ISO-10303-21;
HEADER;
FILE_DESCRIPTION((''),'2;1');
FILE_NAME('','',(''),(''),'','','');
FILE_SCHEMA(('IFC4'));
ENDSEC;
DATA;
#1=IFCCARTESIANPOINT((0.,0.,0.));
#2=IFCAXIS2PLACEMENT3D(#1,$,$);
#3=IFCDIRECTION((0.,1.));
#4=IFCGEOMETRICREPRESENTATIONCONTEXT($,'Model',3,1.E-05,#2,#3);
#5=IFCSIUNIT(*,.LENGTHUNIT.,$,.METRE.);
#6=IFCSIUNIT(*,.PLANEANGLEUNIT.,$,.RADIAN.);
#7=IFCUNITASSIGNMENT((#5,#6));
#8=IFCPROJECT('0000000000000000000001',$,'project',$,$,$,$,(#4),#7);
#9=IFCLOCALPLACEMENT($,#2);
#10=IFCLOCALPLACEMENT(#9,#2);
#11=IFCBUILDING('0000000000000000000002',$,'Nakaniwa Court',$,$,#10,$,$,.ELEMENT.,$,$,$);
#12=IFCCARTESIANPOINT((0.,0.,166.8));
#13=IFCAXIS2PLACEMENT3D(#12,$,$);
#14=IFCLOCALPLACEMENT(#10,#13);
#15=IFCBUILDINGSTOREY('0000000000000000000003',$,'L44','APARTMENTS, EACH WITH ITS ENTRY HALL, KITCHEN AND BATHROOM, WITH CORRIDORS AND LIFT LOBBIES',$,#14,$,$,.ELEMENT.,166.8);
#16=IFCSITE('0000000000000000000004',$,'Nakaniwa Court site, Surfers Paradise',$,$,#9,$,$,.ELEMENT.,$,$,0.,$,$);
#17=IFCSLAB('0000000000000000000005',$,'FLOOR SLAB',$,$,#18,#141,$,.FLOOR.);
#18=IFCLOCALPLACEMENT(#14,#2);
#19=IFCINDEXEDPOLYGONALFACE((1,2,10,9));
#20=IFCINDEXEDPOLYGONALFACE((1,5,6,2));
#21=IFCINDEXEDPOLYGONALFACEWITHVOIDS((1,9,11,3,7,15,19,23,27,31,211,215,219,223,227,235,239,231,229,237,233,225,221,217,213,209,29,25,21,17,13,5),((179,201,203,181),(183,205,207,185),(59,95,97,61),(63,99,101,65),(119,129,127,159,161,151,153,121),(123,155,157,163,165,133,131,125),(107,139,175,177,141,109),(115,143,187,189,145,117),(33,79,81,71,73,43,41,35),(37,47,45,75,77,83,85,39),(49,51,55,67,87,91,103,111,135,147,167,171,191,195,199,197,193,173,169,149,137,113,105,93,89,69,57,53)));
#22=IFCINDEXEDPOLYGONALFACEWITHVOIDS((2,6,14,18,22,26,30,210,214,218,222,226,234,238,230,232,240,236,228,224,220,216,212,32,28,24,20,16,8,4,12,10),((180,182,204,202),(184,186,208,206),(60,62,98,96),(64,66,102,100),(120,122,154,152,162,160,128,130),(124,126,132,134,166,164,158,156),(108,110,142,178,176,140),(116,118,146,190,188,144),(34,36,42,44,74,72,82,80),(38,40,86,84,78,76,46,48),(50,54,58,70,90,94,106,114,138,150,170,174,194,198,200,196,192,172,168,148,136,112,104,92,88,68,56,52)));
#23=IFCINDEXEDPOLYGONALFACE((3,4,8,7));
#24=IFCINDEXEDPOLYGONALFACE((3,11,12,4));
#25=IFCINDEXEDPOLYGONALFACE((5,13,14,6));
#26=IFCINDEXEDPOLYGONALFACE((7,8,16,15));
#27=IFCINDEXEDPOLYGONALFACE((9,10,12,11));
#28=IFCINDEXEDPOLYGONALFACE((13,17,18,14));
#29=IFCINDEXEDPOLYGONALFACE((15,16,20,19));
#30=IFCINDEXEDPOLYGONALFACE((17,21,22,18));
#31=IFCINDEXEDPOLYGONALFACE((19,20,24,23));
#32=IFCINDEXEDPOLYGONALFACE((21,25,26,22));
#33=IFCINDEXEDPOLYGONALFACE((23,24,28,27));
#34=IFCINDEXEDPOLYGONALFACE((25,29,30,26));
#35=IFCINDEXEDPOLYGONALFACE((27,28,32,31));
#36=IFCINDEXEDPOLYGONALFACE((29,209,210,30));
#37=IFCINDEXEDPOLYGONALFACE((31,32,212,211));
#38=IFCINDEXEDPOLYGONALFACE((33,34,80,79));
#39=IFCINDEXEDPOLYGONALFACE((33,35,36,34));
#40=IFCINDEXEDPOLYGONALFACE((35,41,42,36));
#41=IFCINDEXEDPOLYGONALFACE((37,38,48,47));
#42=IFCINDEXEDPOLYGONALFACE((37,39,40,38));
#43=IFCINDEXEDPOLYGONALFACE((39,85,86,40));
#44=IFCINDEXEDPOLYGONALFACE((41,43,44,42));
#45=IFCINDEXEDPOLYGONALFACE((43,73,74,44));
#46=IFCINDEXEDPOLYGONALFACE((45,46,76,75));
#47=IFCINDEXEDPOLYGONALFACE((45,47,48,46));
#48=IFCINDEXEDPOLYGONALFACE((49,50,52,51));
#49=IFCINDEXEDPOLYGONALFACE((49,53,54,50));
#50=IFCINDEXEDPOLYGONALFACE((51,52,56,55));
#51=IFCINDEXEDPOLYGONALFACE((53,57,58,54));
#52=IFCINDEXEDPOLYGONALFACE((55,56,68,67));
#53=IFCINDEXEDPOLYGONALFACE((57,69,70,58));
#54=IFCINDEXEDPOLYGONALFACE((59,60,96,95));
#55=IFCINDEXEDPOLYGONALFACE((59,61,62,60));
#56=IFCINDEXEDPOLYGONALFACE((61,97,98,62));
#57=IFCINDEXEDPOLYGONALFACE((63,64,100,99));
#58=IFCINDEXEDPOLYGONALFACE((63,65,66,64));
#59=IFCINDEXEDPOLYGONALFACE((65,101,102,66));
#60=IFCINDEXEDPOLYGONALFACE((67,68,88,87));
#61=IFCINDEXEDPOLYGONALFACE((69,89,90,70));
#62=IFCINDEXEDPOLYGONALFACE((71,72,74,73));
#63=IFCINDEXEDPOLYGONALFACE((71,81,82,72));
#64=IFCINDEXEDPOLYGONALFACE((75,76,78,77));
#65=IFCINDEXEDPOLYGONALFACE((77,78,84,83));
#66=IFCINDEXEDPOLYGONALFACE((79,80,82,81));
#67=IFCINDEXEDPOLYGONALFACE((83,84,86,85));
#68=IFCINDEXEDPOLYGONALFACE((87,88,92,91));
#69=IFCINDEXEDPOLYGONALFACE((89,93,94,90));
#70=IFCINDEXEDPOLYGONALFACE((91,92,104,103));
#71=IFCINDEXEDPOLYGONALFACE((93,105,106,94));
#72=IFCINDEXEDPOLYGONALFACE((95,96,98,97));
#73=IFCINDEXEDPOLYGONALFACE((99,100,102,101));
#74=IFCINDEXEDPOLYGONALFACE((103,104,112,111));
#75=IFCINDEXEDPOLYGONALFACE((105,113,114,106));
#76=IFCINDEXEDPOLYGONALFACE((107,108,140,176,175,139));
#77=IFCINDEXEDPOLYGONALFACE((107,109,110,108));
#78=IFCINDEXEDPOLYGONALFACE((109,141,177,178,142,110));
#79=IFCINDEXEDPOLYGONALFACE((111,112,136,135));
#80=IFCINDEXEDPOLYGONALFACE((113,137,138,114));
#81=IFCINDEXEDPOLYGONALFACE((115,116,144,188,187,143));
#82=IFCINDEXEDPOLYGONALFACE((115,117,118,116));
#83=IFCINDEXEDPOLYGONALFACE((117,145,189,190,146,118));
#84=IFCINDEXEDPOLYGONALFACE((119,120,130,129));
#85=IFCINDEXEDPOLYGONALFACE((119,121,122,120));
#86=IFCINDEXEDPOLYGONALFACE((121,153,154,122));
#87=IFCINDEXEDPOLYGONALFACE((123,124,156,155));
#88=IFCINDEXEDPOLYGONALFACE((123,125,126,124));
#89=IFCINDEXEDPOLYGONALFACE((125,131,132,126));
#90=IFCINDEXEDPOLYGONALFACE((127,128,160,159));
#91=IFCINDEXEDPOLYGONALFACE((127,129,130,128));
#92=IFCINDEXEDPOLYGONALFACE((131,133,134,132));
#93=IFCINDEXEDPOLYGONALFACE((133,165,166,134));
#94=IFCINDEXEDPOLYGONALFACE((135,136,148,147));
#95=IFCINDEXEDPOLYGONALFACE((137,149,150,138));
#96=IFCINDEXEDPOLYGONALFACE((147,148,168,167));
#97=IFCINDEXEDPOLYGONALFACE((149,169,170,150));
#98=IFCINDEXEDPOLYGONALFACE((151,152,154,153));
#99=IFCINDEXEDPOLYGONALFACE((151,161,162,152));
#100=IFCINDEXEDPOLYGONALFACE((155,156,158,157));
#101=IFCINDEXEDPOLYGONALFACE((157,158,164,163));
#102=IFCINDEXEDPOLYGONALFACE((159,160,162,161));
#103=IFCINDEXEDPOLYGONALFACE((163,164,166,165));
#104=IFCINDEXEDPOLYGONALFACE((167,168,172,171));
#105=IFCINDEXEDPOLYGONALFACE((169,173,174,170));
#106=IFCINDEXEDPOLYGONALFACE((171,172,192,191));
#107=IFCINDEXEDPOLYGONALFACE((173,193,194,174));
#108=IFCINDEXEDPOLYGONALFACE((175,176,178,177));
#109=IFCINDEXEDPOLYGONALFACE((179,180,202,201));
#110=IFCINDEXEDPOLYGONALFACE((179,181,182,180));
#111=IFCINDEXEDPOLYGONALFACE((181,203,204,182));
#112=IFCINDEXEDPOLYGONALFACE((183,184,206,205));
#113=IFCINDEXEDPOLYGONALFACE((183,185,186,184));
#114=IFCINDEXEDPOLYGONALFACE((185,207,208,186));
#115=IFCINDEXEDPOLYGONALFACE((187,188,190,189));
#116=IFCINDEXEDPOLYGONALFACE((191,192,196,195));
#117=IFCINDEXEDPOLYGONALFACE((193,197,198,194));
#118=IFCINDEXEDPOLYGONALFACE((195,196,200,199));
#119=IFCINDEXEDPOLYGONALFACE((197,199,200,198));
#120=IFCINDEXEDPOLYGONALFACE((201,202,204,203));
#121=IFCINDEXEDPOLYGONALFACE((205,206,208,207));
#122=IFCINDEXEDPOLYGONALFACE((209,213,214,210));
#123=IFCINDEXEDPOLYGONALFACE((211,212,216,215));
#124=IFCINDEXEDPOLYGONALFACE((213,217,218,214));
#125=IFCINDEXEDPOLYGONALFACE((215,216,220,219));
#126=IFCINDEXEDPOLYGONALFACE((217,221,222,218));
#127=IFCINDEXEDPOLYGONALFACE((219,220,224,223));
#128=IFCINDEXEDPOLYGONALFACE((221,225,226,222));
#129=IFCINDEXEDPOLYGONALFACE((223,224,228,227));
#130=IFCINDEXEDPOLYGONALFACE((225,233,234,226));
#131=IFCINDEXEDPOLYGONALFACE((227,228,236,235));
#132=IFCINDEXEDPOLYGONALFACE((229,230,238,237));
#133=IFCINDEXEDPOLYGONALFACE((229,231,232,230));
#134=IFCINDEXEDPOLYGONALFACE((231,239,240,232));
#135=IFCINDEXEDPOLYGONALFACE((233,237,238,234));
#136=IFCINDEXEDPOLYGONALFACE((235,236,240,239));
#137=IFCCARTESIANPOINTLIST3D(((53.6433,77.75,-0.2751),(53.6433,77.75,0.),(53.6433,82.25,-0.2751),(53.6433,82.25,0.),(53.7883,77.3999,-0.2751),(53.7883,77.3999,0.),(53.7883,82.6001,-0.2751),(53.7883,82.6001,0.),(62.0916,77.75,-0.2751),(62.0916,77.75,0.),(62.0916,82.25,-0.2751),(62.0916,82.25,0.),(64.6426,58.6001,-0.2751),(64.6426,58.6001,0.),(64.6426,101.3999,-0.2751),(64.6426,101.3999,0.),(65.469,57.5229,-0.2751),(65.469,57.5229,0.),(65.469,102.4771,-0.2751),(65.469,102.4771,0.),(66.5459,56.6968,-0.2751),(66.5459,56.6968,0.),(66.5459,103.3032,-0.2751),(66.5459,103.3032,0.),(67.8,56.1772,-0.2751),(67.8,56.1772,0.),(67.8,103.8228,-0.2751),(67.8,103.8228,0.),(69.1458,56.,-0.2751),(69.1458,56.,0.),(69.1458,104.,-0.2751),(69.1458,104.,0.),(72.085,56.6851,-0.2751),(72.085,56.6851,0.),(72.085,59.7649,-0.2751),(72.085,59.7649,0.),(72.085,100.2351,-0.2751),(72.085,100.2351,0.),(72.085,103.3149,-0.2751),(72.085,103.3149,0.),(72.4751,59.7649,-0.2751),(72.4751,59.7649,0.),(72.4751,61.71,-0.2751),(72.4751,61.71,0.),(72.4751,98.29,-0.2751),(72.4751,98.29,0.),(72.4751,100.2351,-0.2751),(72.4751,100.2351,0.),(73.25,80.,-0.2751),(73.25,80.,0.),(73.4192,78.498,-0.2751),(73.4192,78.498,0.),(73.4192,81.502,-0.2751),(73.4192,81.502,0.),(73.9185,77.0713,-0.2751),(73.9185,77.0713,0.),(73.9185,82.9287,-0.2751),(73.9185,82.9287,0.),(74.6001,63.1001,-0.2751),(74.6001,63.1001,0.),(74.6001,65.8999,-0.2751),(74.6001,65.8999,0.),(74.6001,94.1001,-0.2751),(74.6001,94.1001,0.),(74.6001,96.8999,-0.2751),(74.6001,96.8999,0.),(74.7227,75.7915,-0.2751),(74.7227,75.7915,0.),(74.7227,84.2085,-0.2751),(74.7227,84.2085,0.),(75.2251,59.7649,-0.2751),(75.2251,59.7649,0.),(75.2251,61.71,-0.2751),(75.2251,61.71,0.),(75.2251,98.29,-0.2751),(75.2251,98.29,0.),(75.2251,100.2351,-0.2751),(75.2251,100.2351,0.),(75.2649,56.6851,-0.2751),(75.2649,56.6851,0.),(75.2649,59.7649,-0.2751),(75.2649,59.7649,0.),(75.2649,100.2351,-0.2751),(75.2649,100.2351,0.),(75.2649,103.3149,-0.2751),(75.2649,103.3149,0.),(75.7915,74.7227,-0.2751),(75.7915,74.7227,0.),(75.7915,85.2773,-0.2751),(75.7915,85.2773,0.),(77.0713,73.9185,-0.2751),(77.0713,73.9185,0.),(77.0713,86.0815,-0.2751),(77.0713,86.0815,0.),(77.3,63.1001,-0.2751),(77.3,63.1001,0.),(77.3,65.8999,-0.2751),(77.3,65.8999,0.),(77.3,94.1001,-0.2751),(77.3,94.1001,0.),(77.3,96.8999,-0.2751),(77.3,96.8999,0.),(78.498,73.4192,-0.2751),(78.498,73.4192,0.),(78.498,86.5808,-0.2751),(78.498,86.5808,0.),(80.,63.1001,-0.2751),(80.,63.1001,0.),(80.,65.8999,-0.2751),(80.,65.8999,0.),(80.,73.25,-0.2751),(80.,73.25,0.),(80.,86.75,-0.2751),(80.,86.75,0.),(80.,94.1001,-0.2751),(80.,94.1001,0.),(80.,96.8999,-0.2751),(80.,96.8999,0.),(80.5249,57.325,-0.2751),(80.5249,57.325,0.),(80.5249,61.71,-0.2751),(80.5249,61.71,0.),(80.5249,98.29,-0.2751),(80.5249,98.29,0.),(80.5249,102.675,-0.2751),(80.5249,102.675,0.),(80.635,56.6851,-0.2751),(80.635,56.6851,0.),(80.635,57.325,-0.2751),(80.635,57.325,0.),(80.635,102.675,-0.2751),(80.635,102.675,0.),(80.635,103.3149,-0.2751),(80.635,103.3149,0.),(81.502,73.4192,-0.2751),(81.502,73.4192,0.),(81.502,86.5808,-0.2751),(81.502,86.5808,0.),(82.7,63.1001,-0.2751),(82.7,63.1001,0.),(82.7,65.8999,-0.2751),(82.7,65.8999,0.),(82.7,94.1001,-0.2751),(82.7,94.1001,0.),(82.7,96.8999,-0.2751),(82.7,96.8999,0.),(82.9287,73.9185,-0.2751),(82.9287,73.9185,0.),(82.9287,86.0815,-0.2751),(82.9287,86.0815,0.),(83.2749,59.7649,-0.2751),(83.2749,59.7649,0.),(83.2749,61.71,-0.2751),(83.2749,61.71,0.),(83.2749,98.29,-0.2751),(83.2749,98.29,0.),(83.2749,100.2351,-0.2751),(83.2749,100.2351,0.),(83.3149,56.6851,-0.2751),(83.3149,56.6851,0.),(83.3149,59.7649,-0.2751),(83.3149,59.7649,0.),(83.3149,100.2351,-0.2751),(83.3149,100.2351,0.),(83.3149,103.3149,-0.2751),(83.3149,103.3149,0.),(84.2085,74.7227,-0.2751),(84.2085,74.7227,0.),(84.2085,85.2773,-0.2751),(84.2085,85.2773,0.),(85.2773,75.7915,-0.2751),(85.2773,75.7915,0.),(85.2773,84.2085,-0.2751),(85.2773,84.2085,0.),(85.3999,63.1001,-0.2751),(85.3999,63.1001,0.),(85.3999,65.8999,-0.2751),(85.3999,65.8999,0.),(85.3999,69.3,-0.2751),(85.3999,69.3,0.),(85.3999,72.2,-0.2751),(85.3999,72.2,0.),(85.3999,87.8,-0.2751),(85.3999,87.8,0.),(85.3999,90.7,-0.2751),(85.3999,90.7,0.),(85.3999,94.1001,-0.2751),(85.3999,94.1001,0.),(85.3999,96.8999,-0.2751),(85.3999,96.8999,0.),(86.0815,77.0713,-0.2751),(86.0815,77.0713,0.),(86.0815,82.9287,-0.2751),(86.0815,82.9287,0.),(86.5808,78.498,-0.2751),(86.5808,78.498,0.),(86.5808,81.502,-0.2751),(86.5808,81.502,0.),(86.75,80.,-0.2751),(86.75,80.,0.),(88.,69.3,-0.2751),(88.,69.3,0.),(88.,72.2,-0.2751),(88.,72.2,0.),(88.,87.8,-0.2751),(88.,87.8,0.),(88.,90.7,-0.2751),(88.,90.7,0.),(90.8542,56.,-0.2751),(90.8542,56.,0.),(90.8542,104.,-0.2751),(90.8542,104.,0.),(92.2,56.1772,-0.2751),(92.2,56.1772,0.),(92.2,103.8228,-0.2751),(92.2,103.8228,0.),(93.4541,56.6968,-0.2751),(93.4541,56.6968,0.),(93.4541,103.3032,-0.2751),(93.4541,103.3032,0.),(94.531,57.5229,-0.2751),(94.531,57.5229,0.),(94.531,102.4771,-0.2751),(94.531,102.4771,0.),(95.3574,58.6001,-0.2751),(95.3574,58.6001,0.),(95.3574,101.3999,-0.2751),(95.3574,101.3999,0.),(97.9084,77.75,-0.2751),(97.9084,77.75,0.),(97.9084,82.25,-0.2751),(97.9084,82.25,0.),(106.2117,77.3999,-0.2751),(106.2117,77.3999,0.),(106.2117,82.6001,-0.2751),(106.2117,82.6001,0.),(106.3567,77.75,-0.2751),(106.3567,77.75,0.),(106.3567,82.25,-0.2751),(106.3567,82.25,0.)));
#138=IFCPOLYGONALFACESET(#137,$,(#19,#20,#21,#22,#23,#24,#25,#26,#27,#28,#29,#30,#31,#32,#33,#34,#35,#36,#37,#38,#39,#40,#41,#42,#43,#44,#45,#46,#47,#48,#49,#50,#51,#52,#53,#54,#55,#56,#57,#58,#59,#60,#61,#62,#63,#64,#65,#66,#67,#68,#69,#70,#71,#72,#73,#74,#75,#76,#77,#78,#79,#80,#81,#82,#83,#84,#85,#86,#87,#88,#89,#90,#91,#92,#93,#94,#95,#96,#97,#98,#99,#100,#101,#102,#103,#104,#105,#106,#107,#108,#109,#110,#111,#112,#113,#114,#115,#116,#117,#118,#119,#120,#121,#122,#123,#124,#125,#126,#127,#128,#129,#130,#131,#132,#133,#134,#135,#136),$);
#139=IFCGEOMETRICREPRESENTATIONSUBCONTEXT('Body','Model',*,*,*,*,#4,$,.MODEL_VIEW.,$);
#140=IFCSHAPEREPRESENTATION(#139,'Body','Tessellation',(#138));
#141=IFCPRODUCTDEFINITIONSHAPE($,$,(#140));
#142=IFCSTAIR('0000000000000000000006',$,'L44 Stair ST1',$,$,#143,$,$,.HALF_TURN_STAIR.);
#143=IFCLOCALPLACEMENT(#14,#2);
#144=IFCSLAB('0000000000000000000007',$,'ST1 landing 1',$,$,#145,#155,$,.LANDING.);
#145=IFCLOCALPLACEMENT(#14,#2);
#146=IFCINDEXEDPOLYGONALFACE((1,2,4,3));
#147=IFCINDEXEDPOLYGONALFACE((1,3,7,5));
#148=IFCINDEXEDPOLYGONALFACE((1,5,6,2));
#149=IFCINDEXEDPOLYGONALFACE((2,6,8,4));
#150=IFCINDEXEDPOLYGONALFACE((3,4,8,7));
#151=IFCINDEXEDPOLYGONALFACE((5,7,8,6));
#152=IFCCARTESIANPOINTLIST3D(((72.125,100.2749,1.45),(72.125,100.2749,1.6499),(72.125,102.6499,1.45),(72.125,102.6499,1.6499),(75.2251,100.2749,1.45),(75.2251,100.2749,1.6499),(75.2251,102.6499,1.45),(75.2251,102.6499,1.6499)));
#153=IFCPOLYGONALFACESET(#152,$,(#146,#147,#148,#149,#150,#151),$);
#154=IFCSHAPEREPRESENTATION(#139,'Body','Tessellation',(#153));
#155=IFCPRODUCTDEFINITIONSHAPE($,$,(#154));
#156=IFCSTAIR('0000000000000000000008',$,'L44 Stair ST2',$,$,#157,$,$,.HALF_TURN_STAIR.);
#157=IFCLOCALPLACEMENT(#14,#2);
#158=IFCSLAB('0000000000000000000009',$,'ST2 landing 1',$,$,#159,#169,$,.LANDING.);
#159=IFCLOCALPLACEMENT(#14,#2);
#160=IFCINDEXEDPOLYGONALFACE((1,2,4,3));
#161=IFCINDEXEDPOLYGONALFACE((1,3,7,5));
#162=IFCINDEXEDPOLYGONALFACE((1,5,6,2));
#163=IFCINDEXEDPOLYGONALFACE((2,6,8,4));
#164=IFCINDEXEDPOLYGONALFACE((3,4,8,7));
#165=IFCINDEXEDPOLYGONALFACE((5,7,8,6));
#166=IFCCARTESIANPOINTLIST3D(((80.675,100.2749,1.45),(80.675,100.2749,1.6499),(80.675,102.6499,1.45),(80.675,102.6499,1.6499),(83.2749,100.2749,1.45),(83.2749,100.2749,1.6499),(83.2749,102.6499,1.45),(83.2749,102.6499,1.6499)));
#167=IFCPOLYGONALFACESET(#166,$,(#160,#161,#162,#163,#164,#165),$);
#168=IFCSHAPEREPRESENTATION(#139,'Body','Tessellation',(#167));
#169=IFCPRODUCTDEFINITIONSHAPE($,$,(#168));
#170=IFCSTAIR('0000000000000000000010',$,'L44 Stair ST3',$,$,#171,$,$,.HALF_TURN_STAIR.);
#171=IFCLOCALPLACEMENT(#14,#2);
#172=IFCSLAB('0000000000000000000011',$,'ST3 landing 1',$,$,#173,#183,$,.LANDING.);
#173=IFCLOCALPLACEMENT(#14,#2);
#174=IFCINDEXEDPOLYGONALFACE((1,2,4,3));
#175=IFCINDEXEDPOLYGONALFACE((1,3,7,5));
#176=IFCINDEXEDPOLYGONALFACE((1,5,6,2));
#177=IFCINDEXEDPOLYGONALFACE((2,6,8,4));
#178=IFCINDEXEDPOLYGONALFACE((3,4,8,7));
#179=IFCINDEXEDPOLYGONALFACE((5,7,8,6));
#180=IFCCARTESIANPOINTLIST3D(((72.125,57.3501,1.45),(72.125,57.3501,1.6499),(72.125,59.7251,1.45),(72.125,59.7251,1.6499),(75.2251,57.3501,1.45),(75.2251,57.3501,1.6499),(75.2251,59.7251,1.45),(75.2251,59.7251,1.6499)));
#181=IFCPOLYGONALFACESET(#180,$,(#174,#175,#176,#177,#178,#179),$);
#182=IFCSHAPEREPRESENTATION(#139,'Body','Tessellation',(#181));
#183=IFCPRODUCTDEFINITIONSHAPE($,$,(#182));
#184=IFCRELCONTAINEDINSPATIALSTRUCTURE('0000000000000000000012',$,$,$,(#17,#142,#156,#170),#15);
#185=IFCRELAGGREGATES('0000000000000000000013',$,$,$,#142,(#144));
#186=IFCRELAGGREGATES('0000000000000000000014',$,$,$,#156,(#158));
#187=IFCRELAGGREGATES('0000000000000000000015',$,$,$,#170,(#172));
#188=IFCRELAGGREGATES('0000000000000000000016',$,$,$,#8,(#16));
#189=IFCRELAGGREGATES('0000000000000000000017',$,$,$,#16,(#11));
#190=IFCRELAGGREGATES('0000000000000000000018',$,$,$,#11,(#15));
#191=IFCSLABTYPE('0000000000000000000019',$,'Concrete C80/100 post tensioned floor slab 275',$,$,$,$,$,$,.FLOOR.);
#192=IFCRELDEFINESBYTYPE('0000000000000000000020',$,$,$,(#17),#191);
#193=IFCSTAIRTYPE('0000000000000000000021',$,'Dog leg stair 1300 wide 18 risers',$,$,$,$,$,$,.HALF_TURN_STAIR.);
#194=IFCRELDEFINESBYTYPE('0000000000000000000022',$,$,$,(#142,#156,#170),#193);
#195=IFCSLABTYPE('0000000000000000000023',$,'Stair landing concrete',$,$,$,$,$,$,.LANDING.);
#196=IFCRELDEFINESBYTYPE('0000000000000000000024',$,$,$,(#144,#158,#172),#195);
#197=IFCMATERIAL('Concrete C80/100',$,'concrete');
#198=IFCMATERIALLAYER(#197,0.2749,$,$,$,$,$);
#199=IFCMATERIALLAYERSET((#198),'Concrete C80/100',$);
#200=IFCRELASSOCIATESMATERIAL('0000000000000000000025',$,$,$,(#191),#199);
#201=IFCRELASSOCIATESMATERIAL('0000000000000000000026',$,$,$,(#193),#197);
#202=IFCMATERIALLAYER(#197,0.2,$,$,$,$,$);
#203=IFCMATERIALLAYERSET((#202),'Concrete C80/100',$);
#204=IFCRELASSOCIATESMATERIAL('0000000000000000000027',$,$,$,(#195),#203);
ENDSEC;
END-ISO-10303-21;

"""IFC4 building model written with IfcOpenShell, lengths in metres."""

from ifc_helpers import new_model, si_unit, direction, frame, origin, place, context, subcontext, project, spatial, polyline, outline, extrude, material, layer, layer_set, type_object, element, aggregate, save


model = new_model("IFC4")

# Units and contexts
model_context = context("Model", 3, precision=1e-05, world=origin(), true_north=direction((0.0, 1.0)))
body_context = subcontext(model_context, "Body", "Model", "MODEL_VIEW")
ifc_project = project(units=[si_unit("LENGTHUNIT", "METRE"), si_unit("PLANEANGLEUNIT", "RADIAN")], contexts=[model_context])

# Site, building, storey
site_placement = place(None, origin())
site = spatial("IfcSite", under=ifc_project, at=site_placement, Name="Nakaniwa Court site, Surfers Paradise", CompositionType="ELEMENT", RefElevation=0.0)
building_placement = place(site_placement, origin())
building = spatial("IfcBuilding", under=site, at=building_placement, Name="Nakaniwa Court", CompositionType="ELEMENT")
storey_placement = place(building_placement, frame((0.0, 0.0, 166.8)))
storey = spatial("IfcBuildingStorey", under=building, at=storey_placement, Name="L44", Description="APARTMENTS, EACH WITH ITS ENTRY HALL, KITCHEN AND BATHROOM, WITH CORRIDORS AND LIFT LOBBIES", CompositionType="ELEMENT", Elevation=166.8)

# Shared definitions
ifc_material_1 = material(Name="Concrete C80/100", Category="concrete")

# Slab
ifc_layer_1 = layer(ifc_material_1, 0.2749)
ifc_layer_set_1 = layer_set([ifc_layer_1], Name="Concrete C80/100")
slab_type_1 = type_object("IfcSlabType", Name="Concrete C80/100 post tensioned floor slab 275", PredefinedType="FLOOR", material=ifc_layer_set_1)
slab_1_placement = place(storey_placement, frame((0.0, 0.0, -0.2751)))
element("IfcSlab", 1, at=slab_1_placement, inside=storey, type_object=slab_type_1, Name="FLOOR SLAB", PredefinedType="FLOOR", context=body_context, shape_type="SweptSolid", body=[
    extrude(outline(polyline([(97.9084, 82.25), (106.3567, 82.25), (106.2117, 82.6001), (95.3574, 101.3999), (94.531, 102.4771), (93.4541, 103.3032), (92.2, 103.8228), (90.8542, 104.0), (69.1458, 104.0), (67.8, 103.8228), (66.5459, 103.3032), (65.469, 102.4771), (64.6426, 101.3999), (53.7883, 82.6001), (53.6433, 82.25), (62.0916, 82.25), (62.0916, 77.75), (53.6433, 77.75), (53.7883, 77.3999), (64.6426, 58.6001), (65.469, 57.5229), (66.5459, 56.6968), (67.8, 56.1772), (69.1458, 56.0), (90.8542, 56.0), (92.2, 56.1772), (93.4541, 56.6968), (94.531, 57.5229), (95.3574, 58.6001), (106.2117, 77.3999), (106.3567, 77.75), (97.9084, 77.75), (97.9084, 82.25)]), holes=[polyline([(81.502, 86.5808), (80.0, 86.75), (78.498, 86.5808), (77.0713, 86.0815), (75.7915, 85.2773), (74.7227, 84.2085), (73.9185, 82.9287), (73.4192, 81.502), (73.25, 80.0), (73.4192, 78.498), (73.9185, 77.0713), (74.7227, 75.7915), (75.7915, 74.7227), (77.0713, 73.9185), (78.498, 73.4192), (80.0, 73.25), (81.502, 73.4192), (82.9287, 73.9185), (84.2085, 74.7227), (85.2773, 75.7915), (86.0815, 77.0713), (86.5808, 78.498), (86.75, 80.0), (86.5808, 81.502), (86.0815, 82.9287), (85.2773, 84.2085), (84.2085, 85.2773), (82.9287, 86.0815), (81.502, 86.5808)]), polyline([(72.4751, 61.71), (72.4751, 59.7649), (72.085, 59.7649), (72.085, 56.6851), (75.2649, 56.6851), (75.2649, 59.7649), (75.2251, 59.7649), (75.2251, 61.71), (72.4751, 61.71)]), polyline([(77.3, 65.8999), (74.6001, 65.8999), (74.6001, 63.1001), (77.3, 63.1001), (77.3, 65.8999)]), polyline([(80.0, 65.8999), (80.0, 63.1001), (82.7, 63.1001), (85.3999, 63.1001), (85.3999, 65.8999), (82.7, 65.8999), (80.0, 65.8999)]), polyline([(77.3, 96.8999), (74.6001, 96.8999), (74.6001, 94.1001), (77.3, 94.1001), (77.3, 96.8999)]), polyline([(80.0, 96.8999), (80.0, 94.1001), (82.7, 94.1001), (85.3999, 94.1001), (85.3999, 96.8999), (82.7, 96.8999), (80.0, 96.8999)]), polyline([(75.2649, 100.2351), (75.2649, 103.3149), (72.085, 103.3149), (72.085, 100.2351), (72.4751, 100.2351), (72.4751, 98.29), (75.2251, 98.29), (75.2251, 100.2351), (75.2649, 100.2351)]), polyline([(83.2749, 61.71), (80.5249, 61.71), (80.5249, 57.325), (80.635, 57.325), (80.635, 56.6851), (83.3149, 56.6851), (83.3149, 59.7649), (83.2749, 59.7649), (83.2749, 61.71)]), polyline([(88.0, 72.2), (85.3999, 72.2), (85.3999, 69.3), (88.0, 69.3), (88.0, 72.2)]), polyline([(88.0, 90.7), (85.3999, 90.7), (85.3999, 87.8), (88.0, 87.8), (88.0, 90.7)]), polyline([(83.3149, 100.2351), (83.3149, 103.3149), (80.635, 103.3149), (80.635, 102.675), (80.5249, 102.675), (80.5249, 98.29), (83.2749, 98.29), (83.2749, 100.2351), (83.3149, 100.2351)])]), origin(), (0.0, 0.0, 1.0), 0.2751),
])

# Stairs, slabs
stair_type = type_object("IfcStairType", Name="Dog leg stair 1300 wide 18 risers", PredefinedType="HALF_TURN_STAIR", material=ifc_material_1)
stair_1_placement = place(storey_placement, origin())
stair_1 = element("IfcStair", 2, at=stair_1_placement, inside=storey, type_object=stair_type, Name="L44 Stair ST1", PredefinedType="HALF_TURN_STAIR")
ifc_layer_2 = layer(ifc_material_1, 0.2)
ifc_layer_set_2 = layer_set([ifc_layer_2], Name="Concrete C80/100")
slab_type_2 = type_object("IfcSlabType", Name="Stair landing concrete", PredefinedType="LANDING", material=ifc_layer_set_2)
slab_2_placement = place(storey_placement, frame((0.0, 0.0, 1.45)))
slab_2 = element("IfcSlab", 3, at=slab_2_placement, type_object=slab_type_2, Name="ST1 landing 1", PredefinedType="LANDING", context=body_context, shape_type="SweptSolid", body=[
    extrude(outline(polyline([(75.2251, 100.2749), (75.2251, 102.6499), (72.125, 102.6499), (72.125, 100.2749), (75.2251, 100.2749)])), origin(), (0.0, 0.0, 1.0), 0.2),
])
aggregate(stair_1, [slab_2])
stair_2_placement = place(storey_placement, origin())
stair_2 = element("IfcStair", 4, at=stair_2_placement, inside=storey, type_object=stair_type, Name="L44 Stair ST2", PredefinedType="HALF_TURN_STAIR")
slab_3_placement = place(storey_placement, frame((0.0, 0.0, 1.45)))
slab_3 = element("IfcSlab", 5, at=slab_3_placement, type_object=slab_type_2, Name="ST2 landing 1", PredefinedType="LANDING", context=body_context, shape_type="SweptSolid", body=[
    extrude(outline(polyline([(83.2749, 100.2749), (83.2749, 102.6499), (80.675, 102.6499), (80.675, 100.2749), (83.2749, 100.2749)])), origin(), (0.0, 0.0, 1.0), 0.2),
])
aggregate(stair_2, [slab_3])
stair_3_placement = place(storey_placement, origin())
stair_3 = element("IfcStair", 6, at=stair_3_placement, inside=storey, type_object=stair_type, Name="L44 Stair ST3", PredefinedType="HALF_TURN_STAIR")
slab_4_placement = place(storey_placement, frame((0.0, 0.0, 1.45)))
slab_4 = element("IfcSlab", 7, at=slab_4_placement, type_object=slab_type_2, Name="ST3 landing 1", PredefinedType="LANDING", context=body_context, shape_type="SweptSolid", body=[
    extrude(outline(polyline([(75.2251, 57.3501), (75.2251, 59.7251), (72.125, 59.7251), (72.125, 57.3501), (75.2251, 57.3501)])), origin(), (0.0, 0.0, 1.0), 0.2),
])
aggregate(stair_3, [slab_4])

save(model, "model.ifc")
